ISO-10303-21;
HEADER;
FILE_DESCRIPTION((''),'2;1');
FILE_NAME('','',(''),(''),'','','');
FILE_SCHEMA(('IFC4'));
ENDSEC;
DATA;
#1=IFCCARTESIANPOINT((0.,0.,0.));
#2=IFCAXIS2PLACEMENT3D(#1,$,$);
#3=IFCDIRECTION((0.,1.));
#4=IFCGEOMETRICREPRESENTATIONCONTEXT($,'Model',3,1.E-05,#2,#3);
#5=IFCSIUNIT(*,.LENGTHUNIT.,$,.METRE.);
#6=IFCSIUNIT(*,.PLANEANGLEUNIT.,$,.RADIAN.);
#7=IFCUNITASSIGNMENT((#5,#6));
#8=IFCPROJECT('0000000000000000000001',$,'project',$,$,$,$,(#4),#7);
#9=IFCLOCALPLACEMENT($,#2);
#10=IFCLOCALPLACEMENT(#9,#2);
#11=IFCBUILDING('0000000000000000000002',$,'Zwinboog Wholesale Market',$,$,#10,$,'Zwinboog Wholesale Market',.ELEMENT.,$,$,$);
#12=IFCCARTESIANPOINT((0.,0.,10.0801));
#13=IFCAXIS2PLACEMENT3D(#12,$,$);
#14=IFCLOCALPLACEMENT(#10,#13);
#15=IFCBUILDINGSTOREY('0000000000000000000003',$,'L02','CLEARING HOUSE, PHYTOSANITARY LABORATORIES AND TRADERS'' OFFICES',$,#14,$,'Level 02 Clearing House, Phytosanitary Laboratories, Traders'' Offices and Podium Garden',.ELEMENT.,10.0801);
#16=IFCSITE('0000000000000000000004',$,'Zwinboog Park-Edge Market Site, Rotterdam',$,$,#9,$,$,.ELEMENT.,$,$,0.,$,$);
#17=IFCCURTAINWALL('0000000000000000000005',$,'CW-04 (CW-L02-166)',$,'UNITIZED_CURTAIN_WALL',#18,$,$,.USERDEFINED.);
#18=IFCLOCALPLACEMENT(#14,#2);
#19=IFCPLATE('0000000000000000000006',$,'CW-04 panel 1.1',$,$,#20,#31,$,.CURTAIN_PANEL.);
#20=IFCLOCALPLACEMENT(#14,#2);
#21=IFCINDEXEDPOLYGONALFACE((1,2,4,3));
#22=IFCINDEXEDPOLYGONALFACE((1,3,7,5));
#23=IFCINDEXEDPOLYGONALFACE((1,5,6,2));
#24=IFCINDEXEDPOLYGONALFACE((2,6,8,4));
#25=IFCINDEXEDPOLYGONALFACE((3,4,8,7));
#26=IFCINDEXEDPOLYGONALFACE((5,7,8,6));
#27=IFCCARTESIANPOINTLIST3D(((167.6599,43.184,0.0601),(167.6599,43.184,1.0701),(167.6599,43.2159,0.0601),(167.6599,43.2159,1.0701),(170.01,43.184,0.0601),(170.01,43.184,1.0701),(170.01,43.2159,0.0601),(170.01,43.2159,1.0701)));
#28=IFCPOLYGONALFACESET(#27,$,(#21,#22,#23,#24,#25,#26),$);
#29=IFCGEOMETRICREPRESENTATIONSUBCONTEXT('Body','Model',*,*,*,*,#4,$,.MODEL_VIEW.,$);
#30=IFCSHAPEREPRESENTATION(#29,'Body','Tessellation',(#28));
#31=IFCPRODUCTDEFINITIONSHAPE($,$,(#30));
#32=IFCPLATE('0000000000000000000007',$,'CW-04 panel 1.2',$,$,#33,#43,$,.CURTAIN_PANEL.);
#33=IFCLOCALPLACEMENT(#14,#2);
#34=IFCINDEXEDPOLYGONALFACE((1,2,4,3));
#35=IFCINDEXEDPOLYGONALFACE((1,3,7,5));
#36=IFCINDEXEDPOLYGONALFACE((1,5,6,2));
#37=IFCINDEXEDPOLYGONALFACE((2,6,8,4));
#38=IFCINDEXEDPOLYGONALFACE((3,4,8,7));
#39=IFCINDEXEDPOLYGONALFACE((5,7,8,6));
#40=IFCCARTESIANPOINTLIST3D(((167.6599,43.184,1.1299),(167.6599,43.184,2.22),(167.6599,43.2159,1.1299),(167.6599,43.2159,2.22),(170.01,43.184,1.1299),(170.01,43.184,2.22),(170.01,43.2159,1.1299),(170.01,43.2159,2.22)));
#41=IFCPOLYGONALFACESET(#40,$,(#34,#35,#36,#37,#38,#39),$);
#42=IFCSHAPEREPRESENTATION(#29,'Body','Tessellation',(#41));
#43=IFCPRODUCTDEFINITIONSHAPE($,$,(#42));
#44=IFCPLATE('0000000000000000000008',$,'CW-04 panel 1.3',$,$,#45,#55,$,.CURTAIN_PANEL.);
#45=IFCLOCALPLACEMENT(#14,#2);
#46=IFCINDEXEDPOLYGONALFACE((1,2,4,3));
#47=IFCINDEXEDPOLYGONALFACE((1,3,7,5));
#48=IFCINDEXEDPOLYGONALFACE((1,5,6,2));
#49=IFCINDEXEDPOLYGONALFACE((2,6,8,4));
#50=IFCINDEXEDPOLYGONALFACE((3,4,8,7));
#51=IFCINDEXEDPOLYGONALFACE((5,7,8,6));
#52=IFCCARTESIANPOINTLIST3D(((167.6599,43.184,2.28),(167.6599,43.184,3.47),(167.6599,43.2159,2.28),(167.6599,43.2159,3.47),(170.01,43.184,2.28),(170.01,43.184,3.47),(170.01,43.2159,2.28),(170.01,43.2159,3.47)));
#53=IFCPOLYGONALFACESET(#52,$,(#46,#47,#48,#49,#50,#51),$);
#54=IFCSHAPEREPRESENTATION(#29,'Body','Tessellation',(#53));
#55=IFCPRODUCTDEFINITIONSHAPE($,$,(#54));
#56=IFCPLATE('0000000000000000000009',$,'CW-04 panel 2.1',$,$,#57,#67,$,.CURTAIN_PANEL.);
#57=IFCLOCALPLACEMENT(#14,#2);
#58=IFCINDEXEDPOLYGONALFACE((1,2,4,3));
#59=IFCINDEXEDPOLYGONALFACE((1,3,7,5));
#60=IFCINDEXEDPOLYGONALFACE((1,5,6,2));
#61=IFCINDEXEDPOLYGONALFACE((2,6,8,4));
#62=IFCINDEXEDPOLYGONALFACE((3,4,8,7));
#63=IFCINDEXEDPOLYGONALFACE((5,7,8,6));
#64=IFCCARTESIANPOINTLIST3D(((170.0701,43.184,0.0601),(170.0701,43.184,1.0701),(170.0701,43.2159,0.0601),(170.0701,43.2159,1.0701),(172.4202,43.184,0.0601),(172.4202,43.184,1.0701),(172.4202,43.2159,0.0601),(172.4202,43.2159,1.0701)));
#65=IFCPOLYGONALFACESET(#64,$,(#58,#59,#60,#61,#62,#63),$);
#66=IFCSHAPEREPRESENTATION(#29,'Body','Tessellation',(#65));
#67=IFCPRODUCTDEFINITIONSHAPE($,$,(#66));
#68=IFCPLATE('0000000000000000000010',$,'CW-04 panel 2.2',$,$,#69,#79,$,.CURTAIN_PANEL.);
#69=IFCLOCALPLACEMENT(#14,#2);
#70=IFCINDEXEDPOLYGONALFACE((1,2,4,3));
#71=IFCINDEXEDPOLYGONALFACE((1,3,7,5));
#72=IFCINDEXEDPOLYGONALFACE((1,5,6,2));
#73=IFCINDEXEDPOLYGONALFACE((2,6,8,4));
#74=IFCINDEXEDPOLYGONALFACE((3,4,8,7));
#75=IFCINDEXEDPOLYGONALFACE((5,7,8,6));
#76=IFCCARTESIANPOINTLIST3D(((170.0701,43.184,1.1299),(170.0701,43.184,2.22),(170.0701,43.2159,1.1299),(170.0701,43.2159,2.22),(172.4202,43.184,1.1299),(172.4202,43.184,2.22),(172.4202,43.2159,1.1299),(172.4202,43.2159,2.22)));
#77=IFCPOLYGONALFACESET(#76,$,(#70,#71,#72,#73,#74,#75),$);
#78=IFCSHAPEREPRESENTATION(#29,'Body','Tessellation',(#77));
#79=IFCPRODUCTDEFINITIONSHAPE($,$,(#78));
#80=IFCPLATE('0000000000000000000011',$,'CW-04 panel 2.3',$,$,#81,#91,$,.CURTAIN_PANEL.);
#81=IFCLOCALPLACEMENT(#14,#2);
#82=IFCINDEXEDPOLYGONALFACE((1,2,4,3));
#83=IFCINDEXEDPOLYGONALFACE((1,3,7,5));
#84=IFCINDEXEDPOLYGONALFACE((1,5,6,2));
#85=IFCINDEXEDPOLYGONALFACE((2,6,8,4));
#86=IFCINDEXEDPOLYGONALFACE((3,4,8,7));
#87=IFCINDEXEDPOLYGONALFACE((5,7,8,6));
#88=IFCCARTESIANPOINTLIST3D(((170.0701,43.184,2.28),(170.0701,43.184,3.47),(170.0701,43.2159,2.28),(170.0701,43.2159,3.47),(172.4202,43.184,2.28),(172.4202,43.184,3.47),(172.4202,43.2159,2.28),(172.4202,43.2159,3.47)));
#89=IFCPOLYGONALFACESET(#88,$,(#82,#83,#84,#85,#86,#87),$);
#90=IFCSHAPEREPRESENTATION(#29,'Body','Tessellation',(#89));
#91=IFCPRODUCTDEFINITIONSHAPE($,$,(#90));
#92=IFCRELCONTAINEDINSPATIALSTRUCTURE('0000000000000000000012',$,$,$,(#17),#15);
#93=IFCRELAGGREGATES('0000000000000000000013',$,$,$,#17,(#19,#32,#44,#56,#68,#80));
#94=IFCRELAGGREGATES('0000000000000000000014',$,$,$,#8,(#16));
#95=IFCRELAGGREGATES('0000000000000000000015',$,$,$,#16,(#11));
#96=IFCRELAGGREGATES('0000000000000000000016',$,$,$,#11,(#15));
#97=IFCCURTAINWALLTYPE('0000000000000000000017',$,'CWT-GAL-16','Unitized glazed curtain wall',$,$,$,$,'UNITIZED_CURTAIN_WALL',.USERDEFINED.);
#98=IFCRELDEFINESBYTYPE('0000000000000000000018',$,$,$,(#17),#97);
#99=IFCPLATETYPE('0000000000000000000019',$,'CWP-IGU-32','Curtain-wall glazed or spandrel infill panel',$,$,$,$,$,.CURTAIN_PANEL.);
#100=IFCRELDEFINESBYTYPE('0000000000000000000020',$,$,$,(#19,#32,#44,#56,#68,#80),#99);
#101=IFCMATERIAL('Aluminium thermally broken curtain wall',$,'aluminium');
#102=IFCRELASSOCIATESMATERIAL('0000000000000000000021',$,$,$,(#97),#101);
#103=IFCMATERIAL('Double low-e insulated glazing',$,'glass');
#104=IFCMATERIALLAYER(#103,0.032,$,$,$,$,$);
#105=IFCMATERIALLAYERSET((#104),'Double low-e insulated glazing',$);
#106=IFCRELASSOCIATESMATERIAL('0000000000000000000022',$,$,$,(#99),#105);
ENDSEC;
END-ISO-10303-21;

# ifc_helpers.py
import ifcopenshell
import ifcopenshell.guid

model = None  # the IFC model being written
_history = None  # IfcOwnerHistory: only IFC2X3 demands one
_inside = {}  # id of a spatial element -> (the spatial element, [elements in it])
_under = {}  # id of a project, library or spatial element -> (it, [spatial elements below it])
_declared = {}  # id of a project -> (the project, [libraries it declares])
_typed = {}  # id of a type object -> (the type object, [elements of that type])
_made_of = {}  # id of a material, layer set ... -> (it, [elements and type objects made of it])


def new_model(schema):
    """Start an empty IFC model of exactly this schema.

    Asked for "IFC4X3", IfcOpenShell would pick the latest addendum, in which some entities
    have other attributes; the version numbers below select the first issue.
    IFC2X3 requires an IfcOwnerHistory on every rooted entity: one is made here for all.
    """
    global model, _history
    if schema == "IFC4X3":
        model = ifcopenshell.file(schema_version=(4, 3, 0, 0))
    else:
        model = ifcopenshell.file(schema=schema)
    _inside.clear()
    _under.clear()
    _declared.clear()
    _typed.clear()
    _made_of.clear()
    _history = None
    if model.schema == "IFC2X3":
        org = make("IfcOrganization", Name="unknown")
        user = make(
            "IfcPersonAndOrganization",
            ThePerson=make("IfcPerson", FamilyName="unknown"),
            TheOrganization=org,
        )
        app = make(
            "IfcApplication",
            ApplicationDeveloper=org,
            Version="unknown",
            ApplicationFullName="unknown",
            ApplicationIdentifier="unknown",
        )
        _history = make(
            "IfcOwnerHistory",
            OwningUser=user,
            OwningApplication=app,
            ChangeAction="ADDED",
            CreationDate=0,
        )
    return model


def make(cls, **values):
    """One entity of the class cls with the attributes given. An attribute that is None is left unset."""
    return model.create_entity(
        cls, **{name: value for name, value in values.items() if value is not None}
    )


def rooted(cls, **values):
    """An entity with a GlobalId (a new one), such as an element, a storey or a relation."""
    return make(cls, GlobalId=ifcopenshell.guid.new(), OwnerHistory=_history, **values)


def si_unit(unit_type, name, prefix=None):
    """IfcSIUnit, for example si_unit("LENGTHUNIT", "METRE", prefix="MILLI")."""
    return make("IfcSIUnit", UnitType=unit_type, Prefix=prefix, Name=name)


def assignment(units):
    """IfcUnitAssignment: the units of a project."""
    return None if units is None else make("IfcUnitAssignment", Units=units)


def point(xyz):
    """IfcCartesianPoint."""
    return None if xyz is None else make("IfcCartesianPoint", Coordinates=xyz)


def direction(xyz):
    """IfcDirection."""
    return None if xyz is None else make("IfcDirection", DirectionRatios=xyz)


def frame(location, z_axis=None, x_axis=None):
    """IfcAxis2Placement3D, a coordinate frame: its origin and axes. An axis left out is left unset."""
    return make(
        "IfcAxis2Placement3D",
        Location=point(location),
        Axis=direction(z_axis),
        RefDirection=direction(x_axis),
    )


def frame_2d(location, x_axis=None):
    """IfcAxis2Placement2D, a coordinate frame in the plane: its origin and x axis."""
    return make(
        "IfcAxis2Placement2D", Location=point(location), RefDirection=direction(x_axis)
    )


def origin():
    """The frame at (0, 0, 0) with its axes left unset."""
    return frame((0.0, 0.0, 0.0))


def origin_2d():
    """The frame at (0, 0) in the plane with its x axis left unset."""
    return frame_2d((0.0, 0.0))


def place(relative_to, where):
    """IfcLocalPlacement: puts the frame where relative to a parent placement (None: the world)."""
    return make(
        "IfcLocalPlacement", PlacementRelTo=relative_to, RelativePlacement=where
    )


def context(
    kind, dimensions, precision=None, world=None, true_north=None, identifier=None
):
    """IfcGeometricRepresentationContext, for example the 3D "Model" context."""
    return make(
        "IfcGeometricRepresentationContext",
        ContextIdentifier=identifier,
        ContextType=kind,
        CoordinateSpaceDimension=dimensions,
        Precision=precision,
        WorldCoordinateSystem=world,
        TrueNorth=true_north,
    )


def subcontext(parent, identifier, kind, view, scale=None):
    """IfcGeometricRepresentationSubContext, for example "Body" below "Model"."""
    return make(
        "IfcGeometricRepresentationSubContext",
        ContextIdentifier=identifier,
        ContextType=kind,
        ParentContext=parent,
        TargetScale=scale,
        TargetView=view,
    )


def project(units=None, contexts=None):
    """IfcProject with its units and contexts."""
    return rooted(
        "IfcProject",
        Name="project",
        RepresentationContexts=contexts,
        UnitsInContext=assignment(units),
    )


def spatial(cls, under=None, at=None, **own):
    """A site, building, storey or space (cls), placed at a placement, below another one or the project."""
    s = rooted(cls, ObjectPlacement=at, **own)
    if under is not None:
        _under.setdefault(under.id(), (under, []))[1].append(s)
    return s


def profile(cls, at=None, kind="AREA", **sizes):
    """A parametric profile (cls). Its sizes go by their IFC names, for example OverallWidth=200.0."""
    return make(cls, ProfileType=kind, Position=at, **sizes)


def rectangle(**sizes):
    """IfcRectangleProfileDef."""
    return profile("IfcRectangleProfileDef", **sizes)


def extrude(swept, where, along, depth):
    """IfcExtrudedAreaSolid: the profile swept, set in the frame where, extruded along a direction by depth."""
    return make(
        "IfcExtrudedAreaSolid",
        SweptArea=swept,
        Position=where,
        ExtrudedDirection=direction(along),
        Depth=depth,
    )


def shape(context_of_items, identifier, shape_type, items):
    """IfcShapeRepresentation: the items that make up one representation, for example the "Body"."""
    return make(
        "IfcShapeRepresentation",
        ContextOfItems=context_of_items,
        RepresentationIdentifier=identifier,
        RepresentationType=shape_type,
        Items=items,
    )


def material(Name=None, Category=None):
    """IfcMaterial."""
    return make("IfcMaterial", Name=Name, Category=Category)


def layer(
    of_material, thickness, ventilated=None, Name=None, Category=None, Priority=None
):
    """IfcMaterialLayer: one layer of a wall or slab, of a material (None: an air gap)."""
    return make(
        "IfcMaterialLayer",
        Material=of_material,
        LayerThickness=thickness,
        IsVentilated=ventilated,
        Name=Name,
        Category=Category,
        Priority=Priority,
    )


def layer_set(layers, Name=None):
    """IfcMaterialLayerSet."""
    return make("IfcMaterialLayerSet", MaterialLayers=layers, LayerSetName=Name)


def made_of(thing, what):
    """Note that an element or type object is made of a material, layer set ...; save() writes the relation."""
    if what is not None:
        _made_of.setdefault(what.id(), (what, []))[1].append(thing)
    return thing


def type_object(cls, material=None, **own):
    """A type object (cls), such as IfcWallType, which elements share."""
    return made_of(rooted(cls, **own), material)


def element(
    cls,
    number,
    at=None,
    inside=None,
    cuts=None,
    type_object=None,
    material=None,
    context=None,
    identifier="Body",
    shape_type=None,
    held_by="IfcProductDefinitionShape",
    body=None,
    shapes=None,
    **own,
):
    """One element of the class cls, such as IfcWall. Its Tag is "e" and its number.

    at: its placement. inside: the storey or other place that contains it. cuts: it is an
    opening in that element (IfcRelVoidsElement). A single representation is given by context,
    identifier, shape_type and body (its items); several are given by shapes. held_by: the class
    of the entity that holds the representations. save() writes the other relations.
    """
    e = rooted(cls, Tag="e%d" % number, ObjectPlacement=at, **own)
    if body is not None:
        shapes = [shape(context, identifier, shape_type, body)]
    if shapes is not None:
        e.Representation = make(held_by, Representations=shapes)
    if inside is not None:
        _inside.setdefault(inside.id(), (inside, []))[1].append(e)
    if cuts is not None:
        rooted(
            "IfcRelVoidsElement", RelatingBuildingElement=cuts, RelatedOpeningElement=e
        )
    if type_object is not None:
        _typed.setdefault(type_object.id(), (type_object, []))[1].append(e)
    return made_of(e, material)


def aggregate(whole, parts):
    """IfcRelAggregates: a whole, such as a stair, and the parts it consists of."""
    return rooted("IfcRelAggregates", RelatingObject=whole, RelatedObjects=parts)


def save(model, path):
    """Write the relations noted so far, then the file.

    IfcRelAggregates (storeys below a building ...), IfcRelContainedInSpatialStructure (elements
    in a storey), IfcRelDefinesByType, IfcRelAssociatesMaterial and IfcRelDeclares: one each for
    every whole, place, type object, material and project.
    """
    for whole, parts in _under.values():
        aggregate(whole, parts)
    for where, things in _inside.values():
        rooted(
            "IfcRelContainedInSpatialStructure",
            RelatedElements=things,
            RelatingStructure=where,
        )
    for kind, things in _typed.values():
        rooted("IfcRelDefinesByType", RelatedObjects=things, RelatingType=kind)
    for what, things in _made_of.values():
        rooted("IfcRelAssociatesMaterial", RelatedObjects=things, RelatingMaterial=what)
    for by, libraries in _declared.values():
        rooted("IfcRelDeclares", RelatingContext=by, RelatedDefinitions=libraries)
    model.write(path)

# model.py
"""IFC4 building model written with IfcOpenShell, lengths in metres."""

from ifc_helpers import new_model, si_unit, direction, frame, origin, origin_2d, place, context, subcontext, project, spatial, rectangle, extrude, material, layer, layer_set, type_object, element, aggregate, save


model = new_model("IFC4")

# Units and contexts
model_context = context("Model", 3, precision=1e-05, world=origin(), true_north=direction((0.0, 1.0)))
body_context = subcontext(model_context, "Body", "Model", "MODEL_VIEW")
ifc_project = project(units=[si_unit("LENGTHUNIT", "METRE"), si_unit("PLANEANGLEUNIT", "RADIAN")], contexts=[model_context])

# Site, building, storey
site_placement = place(None, origin())
site = spatial("IfcSite", under=ifc_project, at=site_placement, Name="Zwinboog Park-Edge Market Site, Rotterdam", CompositionType="ELEMENT", RefElevation=0.0)
building_placement = place(site_placement, origin())
building = spatial("IfcBuilding", under=site, at=building_placement, Name="Zwinboog Wholesale Market", LongName="Zwinboog Wholesale Market", CompositionType="ELEMENT")
storey_placement = place(building_placement, frame((0.0, 0.0, 10.0801)))
storey = spatial("IfcBuildingStorey", under=building, at=storey_placement, Name="L02", Description="CLEARING HOUSE, PHYTOSANITARY LABORATORIES AND TRADERS' OFFICES", LongName="Level 02 Clearing House, Phytosanitary Laboratories, Traders' Offices and Podium Garden", CompositionType="ELEMENT", Elevation=10.0801)

# Curtain wall, plates
ifc_material_1 = material(Name="Aluminium thermally broken curtain wall", Category="aluminium")
curtain_wall_type = type_object("IfcCurtainWallType", Name="CWT-GAL-16", Description="Unitized glazed curtain wall", ElementType="UNITIZED_CURTAIN_WALL", PredefinedType="USERDEFINED", material=ifc_material_1)
curtain_wall_placement = place(storey_placement, origin())
curtain_wall = element("IfcCurtainWall", 1, at=curtain_wall_placement, inside=storey, type_object=curtain_wall_type, Name="CW-04 (CW-L02-166)", ObjectType="UNITIZED_CURTAIN_WALL", PredefinedType="USERDEFINED")
ifc_material_2 = material(Name="Double low-e insulated glazing", Category="glass")
ifc_layer = layer(ifc_material_2, 0.032)
ifc_layer_set = layer_set([ifc_layer], Name="Double low-e insulated glazing")
plate_type = type_object("IfcPlateType", Name="CWP-IGU-32", Description="Curtain-wall glazed or spandrel infill panel", PredefinedType="CURTAIN_PANEL", material=ifc_layer_set)
plate_1_placement = place(storey_placement, frame((168.835, 43.2, 0.0601), z_axis=(0.0, 0.0, 1.0), x_axis=(1.0, 0.0, 0.0)))
plate_1 = element("IfcPlate", 2, at=plate_1_placement, type_object=plate_type, Name="CW-04 panel 1.1", PredefinedType="CURTAIN_PANEL", context=body_context, shape_type="SweptSolid", body=[
    extrude(rectangle(XDim=2.3501, YDim=0.032, at=origin_2d()), origin(), (0.0, 0.0, 1.0), 1.01),
])
plate_2_placement = place(storey_placement, frame((168.835, 43.2, 1.1299), z_axis=(0.0, 0.0, 1.0), x_axis=(1.0, 0.0, 0.0)))
plate_2 = element("IfcPlate", 3, at=plate_2_placement, type_object=plate_type, Name="CW-04 panel 1.2", PredefinedType="CURTAIN_PANEL", context=body_context, shape_type="SweptSolid", body=[
    extrude(rectangle(XDim=2.3501, YDim=0.032, at=origin_2d()), origin(), (0.0, 0.0, 1.0), 1.0901),
])
plate_3_placement = place(storey_placement, frame((168.835, 43.2, 2.28), z_axis=(0.0, 0.0, 1.0), x_axis=(1.0, 0.0, 0.0)))
plate_3 = element("IfcPlate", 4, at=plate_3_placement, type_object=plate_type, Name="CW-04 panel 1.3", PredefinedType="CURTAIN_PANEL", context=body_context, shape_type="SweptSolid", body=[
    extrude(rectangle(XDim=2.3501, YDim=0.032, at=origin_2d()), origin(), (0.0, 0.0, 1.0), 1.1899),
])
plate_4_placement = place(storey_placement, frame((171.2451, 43.2, 0.0601), z_axis=(0.0, 0.0, 1.0), x_axis=(1.0, 0.0, 0.0)))
plate_4 = element("IfcPlate", 5, at=plate_4_placement, type_object=plate_type, Name="CW-04 panel 2.1", PredefinedType="CURTAIN_PANEL", context=body_context, shape_type="SweptSolid", body=[
    extrude(rectangle(XDim=2.3501, YDim=0.032, at=origin_2d()), origin(), (0.0, 0.0, 1.0), 1.01),
])
plate_5_placement = place(storey_placement, frame((171.2451, 43.2, 1.1299), z_axis=(0.0, 0.0, 1.0), x_axis=(1.0, 0.0, 0.0)))
plate_5 = element("IfcPlate", 6, at=plate_5_placement, type_object=plate_type, Name="CW-04 panel 2.2", PredefinedType="CURTAIN_PANEL", context=body_context, shape_type="SweptSolid", body=[
    extrude(rectangle(XDim=2.3501, YDim=0.032, at=origin_2d()), origin(), (0.0, 0.0, 1.0), 1.0901),
])
plate_6_placement = place(storey_placement, frame((171.2451, 43.2, 2.28), z_axis=(0.0, 0.0, 1.0), x_axis=(1.0, 0.0, 0.0)))
plate_6 = element("IfcPlate", 7, at=plate_6_placement, type_object=plate_type, Name="CW-04 panel 2.3", PredefinedType="CURTAIN_PANEL", context=body_context, shape_type="SweptSolid", body=[
    extrude(rectangle(XDim=2.3501, YDim=0.032, at=origin_2d()), origin(), (0.0, 0.0, 1.0), 1.1899),
])
aggregate(curtain_wall, [plate_1, plate_2, plate_3, plate_4, plate_5, plate_6])

save(model, "model.ifc")
